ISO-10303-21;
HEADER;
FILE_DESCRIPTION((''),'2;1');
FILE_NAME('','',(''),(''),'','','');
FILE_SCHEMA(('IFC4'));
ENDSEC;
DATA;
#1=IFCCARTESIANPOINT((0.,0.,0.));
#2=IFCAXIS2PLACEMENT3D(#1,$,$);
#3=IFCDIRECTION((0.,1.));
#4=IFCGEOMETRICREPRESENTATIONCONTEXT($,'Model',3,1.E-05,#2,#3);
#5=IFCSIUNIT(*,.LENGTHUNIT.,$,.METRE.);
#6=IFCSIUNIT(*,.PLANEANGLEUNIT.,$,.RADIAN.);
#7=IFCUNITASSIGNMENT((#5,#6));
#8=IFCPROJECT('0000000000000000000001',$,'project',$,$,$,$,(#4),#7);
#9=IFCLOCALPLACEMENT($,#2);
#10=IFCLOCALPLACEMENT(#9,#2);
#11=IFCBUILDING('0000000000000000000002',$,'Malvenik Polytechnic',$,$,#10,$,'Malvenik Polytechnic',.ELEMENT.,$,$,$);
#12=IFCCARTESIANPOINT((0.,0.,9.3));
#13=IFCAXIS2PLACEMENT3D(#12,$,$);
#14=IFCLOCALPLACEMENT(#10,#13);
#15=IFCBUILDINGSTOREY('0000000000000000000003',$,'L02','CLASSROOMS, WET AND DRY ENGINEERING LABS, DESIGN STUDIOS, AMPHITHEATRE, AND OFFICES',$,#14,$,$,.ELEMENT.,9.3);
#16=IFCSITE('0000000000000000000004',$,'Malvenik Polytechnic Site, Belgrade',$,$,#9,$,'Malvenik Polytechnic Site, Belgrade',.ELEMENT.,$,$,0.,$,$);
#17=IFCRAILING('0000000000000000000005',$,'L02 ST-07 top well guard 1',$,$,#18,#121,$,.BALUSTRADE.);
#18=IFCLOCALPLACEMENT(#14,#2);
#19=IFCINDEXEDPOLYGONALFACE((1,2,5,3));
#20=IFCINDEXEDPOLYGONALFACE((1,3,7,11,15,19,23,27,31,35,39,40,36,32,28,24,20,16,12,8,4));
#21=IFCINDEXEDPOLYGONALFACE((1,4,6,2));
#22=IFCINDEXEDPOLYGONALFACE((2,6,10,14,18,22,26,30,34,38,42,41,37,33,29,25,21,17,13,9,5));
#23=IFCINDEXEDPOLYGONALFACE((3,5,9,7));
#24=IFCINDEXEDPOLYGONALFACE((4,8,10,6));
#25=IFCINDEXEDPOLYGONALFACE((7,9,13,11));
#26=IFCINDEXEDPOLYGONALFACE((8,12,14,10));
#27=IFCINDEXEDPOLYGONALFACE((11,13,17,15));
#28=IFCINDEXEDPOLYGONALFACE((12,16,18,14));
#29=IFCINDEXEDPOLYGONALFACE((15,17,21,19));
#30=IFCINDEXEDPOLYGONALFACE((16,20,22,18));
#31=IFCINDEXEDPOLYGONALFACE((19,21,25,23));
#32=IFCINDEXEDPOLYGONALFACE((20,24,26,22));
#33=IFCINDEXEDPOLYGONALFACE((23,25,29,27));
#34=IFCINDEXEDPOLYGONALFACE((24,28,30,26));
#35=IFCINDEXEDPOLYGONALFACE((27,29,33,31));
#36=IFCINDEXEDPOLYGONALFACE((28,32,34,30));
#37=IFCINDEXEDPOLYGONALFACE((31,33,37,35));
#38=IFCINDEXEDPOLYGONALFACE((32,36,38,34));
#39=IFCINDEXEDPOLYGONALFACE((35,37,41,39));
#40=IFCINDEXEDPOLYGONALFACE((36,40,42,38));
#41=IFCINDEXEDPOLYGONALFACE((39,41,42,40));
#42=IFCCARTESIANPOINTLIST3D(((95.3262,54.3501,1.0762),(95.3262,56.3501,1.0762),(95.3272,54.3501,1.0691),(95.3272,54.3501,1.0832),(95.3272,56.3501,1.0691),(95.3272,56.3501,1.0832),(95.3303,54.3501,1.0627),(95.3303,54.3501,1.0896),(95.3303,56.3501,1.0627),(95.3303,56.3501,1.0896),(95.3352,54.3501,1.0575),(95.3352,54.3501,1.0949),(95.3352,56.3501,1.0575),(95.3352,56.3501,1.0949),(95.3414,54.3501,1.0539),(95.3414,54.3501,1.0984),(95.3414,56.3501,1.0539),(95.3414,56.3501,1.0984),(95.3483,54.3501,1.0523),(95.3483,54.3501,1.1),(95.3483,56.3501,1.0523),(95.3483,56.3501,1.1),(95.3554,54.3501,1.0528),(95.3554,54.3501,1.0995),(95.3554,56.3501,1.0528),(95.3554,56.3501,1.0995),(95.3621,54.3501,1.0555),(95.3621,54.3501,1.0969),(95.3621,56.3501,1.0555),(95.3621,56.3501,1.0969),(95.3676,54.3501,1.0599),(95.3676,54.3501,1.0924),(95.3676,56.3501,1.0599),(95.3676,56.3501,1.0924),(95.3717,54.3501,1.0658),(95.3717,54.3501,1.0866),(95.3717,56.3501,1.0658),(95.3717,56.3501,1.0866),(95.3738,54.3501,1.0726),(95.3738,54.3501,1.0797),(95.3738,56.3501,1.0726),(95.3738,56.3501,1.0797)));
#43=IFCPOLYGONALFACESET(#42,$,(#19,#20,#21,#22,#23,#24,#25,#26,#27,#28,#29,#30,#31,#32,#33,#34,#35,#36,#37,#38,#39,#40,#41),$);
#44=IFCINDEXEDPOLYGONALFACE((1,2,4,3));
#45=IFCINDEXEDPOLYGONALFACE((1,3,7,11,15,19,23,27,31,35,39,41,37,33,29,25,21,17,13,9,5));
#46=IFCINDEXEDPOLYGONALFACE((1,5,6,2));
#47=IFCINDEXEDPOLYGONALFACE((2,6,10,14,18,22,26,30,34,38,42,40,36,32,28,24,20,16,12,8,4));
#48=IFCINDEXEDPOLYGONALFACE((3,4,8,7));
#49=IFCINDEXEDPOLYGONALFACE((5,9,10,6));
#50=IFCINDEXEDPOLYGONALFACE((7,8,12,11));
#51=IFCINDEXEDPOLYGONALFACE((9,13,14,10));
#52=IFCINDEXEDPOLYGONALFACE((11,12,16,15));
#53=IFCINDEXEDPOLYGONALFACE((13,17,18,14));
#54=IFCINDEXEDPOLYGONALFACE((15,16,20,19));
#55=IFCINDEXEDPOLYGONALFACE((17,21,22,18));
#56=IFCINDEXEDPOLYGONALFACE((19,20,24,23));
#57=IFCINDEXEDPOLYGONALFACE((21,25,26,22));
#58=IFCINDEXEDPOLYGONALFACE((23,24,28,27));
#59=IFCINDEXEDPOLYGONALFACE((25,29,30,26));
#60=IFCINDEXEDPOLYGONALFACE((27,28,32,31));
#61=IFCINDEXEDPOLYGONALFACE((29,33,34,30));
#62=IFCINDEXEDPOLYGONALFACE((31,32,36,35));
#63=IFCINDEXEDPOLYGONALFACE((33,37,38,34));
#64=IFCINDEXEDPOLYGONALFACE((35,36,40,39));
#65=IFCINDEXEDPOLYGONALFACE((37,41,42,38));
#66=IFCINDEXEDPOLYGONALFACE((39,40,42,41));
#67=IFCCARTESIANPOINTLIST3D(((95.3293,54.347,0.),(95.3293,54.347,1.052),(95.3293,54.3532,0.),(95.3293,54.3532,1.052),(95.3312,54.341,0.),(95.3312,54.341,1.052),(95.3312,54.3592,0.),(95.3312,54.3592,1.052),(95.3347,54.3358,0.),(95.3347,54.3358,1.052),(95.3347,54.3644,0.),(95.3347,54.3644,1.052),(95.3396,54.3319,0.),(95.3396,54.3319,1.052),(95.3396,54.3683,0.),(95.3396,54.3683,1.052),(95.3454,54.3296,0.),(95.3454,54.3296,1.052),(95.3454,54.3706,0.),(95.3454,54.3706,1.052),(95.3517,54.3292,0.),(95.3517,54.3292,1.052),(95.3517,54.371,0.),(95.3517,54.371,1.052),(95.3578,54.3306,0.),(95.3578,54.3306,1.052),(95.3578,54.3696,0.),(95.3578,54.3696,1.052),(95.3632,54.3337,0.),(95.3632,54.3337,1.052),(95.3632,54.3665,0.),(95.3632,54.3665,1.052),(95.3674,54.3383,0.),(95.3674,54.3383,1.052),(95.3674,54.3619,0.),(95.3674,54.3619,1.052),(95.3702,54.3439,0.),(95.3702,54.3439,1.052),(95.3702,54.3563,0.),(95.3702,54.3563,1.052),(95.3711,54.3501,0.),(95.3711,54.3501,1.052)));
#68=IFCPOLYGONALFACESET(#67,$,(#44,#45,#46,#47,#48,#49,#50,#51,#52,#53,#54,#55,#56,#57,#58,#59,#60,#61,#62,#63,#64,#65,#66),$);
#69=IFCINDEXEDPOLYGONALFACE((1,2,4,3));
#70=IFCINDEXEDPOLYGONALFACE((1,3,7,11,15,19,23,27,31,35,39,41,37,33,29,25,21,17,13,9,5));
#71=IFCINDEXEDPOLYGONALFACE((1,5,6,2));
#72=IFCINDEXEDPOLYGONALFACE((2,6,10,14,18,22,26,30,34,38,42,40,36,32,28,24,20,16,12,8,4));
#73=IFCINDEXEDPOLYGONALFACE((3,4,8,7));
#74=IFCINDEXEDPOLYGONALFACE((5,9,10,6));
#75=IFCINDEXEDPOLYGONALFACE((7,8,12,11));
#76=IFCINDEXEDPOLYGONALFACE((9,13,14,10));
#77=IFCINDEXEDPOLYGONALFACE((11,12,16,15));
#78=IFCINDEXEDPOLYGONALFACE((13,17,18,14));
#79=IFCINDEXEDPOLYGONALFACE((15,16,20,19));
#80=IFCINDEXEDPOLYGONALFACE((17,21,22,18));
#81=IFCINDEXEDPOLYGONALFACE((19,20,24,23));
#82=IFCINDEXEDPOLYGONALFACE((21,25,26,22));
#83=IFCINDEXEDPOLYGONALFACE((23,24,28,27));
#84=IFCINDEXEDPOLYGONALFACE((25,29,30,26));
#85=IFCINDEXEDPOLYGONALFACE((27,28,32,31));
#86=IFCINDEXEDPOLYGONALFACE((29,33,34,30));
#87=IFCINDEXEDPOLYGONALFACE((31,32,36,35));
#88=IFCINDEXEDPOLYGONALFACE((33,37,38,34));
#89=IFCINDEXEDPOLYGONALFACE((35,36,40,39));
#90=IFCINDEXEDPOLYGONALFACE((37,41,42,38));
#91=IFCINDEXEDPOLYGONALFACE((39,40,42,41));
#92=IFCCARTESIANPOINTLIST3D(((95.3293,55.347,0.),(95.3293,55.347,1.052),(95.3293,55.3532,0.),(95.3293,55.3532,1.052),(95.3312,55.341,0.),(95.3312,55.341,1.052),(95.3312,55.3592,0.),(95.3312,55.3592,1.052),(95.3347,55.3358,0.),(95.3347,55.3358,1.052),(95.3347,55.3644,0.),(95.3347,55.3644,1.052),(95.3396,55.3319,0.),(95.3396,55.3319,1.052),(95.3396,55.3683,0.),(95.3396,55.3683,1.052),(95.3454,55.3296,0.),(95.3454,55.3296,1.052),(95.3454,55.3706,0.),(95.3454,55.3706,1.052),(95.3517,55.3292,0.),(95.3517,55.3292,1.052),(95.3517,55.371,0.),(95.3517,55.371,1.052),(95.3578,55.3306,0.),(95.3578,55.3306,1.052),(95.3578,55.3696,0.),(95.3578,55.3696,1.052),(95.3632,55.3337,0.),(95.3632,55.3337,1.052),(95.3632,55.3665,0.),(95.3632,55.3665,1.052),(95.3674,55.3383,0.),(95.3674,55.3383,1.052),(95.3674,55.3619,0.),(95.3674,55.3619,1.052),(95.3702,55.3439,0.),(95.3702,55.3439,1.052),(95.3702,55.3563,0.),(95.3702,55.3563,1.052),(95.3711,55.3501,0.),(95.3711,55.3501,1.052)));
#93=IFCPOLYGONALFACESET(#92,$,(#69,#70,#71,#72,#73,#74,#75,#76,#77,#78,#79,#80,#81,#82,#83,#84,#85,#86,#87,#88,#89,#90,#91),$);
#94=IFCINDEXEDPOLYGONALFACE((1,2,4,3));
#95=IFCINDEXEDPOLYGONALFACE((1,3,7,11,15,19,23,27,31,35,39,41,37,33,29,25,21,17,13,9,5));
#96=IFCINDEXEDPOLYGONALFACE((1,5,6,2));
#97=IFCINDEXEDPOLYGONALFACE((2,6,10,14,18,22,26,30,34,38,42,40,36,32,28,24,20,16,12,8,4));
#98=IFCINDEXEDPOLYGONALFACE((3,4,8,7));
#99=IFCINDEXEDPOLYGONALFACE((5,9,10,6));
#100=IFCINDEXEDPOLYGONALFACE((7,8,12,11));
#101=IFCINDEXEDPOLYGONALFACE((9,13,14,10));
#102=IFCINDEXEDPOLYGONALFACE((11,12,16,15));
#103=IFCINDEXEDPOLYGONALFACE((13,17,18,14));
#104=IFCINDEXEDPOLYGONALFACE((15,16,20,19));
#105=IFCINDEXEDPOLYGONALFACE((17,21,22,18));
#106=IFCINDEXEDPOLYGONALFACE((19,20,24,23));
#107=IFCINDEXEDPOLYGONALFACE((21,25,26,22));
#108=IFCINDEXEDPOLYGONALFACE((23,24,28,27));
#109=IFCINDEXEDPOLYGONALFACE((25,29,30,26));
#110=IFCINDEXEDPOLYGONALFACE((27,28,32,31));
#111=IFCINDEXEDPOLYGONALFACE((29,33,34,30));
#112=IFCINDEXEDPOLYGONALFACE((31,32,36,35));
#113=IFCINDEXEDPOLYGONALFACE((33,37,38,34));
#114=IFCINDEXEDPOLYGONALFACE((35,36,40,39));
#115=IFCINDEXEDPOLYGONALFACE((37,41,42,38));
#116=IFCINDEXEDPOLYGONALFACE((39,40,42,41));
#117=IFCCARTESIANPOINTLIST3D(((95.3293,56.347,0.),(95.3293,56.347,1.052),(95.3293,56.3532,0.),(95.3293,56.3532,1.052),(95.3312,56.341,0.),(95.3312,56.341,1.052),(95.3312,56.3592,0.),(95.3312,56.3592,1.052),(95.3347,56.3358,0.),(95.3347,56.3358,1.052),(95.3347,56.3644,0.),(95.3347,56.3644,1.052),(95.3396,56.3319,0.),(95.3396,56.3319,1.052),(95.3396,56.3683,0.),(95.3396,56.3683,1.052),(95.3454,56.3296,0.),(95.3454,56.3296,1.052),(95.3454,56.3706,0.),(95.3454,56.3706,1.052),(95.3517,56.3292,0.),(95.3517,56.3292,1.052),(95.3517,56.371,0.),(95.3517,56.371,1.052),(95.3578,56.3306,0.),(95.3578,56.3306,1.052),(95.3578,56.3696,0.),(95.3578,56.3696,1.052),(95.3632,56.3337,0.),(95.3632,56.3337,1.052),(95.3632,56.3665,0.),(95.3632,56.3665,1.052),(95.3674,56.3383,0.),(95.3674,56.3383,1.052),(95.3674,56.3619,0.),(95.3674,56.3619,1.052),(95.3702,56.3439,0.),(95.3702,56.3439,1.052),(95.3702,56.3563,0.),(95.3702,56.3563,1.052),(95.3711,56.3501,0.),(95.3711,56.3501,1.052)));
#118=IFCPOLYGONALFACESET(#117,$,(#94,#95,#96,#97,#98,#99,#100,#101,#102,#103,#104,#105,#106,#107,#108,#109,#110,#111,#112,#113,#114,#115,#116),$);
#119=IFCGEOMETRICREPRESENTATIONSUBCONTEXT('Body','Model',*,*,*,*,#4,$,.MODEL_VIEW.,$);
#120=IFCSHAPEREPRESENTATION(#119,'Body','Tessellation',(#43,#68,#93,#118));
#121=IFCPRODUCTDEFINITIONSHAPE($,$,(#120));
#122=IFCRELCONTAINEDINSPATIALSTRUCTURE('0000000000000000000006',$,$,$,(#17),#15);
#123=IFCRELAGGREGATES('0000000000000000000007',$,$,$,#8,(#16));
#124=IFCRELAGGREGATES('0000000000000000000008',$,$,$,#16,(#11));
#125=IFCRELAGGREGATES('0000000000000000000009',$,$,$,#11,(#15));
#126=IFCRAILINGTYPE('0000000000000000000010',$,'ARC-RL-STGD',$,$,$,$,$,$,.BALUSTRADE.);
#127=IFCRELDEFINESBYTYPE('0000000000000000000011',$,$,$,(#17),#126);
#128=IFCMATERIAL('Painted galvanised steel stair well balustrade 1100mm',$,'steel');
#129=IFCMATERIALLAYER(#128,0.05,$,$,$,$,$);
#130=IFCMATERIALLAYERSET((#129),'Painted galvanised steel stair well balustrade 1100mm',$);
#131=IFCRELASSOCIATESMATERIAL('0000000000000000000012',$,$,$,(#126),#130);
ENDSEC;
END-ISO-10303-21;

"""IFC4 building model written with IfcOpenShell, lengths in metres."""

from ifc_helpers import new_model, si_unit, direction, frame, origin, origin_2d, place, context, subcontext, project, spatial, circle, extrude, material, layer, layer_set, type_object, element, save


model = new_model("IFC4")

# Units and contexts
model_context = context("Model", 3, precision=1e-05, world=origin(), true_north=direction((0.0, 1.0)))
body_context = subcontext(model_context, "Body", "Model", "MODEL_VIEW")
ifc_project = project(units=[si_unit("LENGTHUNIT", "METRE"), si_unit("PLANEANGLEUNIT", "RADIAN")], contexts=[model_context])

# Site, building, storey
site_placement = place(None, origin())
site = spatial("IfcSite", under=ifc_project, at=site_placement, Name="Malvenik Polytechnic Site, Belgrade", LongName="Malvenik Polytechnic Site, Belgrade", CompositionType="ELEMENT", RefElevation=0.0)
building_placement = place(site_placement, origin())
building = spatial("IfcBuilding", under=site, at=building_placement, Name="Malvenik Polytechnic", LongName="Malvenik Polytechnic", CompositionType="ELEMENT")
storey_placement = place(building_placement, frame((0.0, 0.0, 9.3)))
storey = spatial("IfcBuildingStorey", under=building, at=storey_placement, Name="L02", Description="CLASSROOMS, WET AND DRY ENGINEERING LABS, DESIGN STUDIOS, AMPHITHEATRE, AND OFFICES", CompositionType="ELEMENT", Elevation=9.3)

# Railing
ifc_material_1 = material(Name="Painted galvanised steel stair well balustrade 1100mm", Category="steel")
ifc_layer_1 = layer(ifc_material_1, 0.05)
ifc_layer_set_1 = layer_set([ifc_layer_1], Name="Painted galvanised steel stair well balustrade 1100mm")
railing_type = type_object("IfcRailingType", Name="ARC-RL-STGD", PredefinedType="BALUSTRADE", material=ifc_layer_set_1)
railing_placement = place(storey_placement, frame((95.3501, 54.3501, 0.0)))
element("IfcRailing", 1, at=railing_placement, inside=storey, type_object=railing_type, Name="L02 ST-07 top well guard 1", PredefinedType="BALUSTRADE", context=body_context, shape_type="SweptSolid", body=[
    extrude(circle(Radius=0.0239, at=origin_2d()), frame((0.0, 0.0, 1.0762), z_axis=(0.0, 1.0, 0.0), x_axis=(-1.0, 0.0, 0.0)), (0.0, 0.0, 1.0), 2.0),
    extrude(circle(Radius=0.021, at=origin_2d()), origin(), (0.0, 0.0, 1.0), 1.052),
    extrude(circle(Radius=0.021, at=origin_2d()), frame((0.0, 1.0, 0.0)), (0.0, 0.0, 1.0), 1.052),
    extrude(circle(Radius=0.021, at=origin_2d()), frame((0.0, 2.0, 0.0)), (0.0, 0.0, 1.0), 1.052),
])

save(model, "model.ifc")
